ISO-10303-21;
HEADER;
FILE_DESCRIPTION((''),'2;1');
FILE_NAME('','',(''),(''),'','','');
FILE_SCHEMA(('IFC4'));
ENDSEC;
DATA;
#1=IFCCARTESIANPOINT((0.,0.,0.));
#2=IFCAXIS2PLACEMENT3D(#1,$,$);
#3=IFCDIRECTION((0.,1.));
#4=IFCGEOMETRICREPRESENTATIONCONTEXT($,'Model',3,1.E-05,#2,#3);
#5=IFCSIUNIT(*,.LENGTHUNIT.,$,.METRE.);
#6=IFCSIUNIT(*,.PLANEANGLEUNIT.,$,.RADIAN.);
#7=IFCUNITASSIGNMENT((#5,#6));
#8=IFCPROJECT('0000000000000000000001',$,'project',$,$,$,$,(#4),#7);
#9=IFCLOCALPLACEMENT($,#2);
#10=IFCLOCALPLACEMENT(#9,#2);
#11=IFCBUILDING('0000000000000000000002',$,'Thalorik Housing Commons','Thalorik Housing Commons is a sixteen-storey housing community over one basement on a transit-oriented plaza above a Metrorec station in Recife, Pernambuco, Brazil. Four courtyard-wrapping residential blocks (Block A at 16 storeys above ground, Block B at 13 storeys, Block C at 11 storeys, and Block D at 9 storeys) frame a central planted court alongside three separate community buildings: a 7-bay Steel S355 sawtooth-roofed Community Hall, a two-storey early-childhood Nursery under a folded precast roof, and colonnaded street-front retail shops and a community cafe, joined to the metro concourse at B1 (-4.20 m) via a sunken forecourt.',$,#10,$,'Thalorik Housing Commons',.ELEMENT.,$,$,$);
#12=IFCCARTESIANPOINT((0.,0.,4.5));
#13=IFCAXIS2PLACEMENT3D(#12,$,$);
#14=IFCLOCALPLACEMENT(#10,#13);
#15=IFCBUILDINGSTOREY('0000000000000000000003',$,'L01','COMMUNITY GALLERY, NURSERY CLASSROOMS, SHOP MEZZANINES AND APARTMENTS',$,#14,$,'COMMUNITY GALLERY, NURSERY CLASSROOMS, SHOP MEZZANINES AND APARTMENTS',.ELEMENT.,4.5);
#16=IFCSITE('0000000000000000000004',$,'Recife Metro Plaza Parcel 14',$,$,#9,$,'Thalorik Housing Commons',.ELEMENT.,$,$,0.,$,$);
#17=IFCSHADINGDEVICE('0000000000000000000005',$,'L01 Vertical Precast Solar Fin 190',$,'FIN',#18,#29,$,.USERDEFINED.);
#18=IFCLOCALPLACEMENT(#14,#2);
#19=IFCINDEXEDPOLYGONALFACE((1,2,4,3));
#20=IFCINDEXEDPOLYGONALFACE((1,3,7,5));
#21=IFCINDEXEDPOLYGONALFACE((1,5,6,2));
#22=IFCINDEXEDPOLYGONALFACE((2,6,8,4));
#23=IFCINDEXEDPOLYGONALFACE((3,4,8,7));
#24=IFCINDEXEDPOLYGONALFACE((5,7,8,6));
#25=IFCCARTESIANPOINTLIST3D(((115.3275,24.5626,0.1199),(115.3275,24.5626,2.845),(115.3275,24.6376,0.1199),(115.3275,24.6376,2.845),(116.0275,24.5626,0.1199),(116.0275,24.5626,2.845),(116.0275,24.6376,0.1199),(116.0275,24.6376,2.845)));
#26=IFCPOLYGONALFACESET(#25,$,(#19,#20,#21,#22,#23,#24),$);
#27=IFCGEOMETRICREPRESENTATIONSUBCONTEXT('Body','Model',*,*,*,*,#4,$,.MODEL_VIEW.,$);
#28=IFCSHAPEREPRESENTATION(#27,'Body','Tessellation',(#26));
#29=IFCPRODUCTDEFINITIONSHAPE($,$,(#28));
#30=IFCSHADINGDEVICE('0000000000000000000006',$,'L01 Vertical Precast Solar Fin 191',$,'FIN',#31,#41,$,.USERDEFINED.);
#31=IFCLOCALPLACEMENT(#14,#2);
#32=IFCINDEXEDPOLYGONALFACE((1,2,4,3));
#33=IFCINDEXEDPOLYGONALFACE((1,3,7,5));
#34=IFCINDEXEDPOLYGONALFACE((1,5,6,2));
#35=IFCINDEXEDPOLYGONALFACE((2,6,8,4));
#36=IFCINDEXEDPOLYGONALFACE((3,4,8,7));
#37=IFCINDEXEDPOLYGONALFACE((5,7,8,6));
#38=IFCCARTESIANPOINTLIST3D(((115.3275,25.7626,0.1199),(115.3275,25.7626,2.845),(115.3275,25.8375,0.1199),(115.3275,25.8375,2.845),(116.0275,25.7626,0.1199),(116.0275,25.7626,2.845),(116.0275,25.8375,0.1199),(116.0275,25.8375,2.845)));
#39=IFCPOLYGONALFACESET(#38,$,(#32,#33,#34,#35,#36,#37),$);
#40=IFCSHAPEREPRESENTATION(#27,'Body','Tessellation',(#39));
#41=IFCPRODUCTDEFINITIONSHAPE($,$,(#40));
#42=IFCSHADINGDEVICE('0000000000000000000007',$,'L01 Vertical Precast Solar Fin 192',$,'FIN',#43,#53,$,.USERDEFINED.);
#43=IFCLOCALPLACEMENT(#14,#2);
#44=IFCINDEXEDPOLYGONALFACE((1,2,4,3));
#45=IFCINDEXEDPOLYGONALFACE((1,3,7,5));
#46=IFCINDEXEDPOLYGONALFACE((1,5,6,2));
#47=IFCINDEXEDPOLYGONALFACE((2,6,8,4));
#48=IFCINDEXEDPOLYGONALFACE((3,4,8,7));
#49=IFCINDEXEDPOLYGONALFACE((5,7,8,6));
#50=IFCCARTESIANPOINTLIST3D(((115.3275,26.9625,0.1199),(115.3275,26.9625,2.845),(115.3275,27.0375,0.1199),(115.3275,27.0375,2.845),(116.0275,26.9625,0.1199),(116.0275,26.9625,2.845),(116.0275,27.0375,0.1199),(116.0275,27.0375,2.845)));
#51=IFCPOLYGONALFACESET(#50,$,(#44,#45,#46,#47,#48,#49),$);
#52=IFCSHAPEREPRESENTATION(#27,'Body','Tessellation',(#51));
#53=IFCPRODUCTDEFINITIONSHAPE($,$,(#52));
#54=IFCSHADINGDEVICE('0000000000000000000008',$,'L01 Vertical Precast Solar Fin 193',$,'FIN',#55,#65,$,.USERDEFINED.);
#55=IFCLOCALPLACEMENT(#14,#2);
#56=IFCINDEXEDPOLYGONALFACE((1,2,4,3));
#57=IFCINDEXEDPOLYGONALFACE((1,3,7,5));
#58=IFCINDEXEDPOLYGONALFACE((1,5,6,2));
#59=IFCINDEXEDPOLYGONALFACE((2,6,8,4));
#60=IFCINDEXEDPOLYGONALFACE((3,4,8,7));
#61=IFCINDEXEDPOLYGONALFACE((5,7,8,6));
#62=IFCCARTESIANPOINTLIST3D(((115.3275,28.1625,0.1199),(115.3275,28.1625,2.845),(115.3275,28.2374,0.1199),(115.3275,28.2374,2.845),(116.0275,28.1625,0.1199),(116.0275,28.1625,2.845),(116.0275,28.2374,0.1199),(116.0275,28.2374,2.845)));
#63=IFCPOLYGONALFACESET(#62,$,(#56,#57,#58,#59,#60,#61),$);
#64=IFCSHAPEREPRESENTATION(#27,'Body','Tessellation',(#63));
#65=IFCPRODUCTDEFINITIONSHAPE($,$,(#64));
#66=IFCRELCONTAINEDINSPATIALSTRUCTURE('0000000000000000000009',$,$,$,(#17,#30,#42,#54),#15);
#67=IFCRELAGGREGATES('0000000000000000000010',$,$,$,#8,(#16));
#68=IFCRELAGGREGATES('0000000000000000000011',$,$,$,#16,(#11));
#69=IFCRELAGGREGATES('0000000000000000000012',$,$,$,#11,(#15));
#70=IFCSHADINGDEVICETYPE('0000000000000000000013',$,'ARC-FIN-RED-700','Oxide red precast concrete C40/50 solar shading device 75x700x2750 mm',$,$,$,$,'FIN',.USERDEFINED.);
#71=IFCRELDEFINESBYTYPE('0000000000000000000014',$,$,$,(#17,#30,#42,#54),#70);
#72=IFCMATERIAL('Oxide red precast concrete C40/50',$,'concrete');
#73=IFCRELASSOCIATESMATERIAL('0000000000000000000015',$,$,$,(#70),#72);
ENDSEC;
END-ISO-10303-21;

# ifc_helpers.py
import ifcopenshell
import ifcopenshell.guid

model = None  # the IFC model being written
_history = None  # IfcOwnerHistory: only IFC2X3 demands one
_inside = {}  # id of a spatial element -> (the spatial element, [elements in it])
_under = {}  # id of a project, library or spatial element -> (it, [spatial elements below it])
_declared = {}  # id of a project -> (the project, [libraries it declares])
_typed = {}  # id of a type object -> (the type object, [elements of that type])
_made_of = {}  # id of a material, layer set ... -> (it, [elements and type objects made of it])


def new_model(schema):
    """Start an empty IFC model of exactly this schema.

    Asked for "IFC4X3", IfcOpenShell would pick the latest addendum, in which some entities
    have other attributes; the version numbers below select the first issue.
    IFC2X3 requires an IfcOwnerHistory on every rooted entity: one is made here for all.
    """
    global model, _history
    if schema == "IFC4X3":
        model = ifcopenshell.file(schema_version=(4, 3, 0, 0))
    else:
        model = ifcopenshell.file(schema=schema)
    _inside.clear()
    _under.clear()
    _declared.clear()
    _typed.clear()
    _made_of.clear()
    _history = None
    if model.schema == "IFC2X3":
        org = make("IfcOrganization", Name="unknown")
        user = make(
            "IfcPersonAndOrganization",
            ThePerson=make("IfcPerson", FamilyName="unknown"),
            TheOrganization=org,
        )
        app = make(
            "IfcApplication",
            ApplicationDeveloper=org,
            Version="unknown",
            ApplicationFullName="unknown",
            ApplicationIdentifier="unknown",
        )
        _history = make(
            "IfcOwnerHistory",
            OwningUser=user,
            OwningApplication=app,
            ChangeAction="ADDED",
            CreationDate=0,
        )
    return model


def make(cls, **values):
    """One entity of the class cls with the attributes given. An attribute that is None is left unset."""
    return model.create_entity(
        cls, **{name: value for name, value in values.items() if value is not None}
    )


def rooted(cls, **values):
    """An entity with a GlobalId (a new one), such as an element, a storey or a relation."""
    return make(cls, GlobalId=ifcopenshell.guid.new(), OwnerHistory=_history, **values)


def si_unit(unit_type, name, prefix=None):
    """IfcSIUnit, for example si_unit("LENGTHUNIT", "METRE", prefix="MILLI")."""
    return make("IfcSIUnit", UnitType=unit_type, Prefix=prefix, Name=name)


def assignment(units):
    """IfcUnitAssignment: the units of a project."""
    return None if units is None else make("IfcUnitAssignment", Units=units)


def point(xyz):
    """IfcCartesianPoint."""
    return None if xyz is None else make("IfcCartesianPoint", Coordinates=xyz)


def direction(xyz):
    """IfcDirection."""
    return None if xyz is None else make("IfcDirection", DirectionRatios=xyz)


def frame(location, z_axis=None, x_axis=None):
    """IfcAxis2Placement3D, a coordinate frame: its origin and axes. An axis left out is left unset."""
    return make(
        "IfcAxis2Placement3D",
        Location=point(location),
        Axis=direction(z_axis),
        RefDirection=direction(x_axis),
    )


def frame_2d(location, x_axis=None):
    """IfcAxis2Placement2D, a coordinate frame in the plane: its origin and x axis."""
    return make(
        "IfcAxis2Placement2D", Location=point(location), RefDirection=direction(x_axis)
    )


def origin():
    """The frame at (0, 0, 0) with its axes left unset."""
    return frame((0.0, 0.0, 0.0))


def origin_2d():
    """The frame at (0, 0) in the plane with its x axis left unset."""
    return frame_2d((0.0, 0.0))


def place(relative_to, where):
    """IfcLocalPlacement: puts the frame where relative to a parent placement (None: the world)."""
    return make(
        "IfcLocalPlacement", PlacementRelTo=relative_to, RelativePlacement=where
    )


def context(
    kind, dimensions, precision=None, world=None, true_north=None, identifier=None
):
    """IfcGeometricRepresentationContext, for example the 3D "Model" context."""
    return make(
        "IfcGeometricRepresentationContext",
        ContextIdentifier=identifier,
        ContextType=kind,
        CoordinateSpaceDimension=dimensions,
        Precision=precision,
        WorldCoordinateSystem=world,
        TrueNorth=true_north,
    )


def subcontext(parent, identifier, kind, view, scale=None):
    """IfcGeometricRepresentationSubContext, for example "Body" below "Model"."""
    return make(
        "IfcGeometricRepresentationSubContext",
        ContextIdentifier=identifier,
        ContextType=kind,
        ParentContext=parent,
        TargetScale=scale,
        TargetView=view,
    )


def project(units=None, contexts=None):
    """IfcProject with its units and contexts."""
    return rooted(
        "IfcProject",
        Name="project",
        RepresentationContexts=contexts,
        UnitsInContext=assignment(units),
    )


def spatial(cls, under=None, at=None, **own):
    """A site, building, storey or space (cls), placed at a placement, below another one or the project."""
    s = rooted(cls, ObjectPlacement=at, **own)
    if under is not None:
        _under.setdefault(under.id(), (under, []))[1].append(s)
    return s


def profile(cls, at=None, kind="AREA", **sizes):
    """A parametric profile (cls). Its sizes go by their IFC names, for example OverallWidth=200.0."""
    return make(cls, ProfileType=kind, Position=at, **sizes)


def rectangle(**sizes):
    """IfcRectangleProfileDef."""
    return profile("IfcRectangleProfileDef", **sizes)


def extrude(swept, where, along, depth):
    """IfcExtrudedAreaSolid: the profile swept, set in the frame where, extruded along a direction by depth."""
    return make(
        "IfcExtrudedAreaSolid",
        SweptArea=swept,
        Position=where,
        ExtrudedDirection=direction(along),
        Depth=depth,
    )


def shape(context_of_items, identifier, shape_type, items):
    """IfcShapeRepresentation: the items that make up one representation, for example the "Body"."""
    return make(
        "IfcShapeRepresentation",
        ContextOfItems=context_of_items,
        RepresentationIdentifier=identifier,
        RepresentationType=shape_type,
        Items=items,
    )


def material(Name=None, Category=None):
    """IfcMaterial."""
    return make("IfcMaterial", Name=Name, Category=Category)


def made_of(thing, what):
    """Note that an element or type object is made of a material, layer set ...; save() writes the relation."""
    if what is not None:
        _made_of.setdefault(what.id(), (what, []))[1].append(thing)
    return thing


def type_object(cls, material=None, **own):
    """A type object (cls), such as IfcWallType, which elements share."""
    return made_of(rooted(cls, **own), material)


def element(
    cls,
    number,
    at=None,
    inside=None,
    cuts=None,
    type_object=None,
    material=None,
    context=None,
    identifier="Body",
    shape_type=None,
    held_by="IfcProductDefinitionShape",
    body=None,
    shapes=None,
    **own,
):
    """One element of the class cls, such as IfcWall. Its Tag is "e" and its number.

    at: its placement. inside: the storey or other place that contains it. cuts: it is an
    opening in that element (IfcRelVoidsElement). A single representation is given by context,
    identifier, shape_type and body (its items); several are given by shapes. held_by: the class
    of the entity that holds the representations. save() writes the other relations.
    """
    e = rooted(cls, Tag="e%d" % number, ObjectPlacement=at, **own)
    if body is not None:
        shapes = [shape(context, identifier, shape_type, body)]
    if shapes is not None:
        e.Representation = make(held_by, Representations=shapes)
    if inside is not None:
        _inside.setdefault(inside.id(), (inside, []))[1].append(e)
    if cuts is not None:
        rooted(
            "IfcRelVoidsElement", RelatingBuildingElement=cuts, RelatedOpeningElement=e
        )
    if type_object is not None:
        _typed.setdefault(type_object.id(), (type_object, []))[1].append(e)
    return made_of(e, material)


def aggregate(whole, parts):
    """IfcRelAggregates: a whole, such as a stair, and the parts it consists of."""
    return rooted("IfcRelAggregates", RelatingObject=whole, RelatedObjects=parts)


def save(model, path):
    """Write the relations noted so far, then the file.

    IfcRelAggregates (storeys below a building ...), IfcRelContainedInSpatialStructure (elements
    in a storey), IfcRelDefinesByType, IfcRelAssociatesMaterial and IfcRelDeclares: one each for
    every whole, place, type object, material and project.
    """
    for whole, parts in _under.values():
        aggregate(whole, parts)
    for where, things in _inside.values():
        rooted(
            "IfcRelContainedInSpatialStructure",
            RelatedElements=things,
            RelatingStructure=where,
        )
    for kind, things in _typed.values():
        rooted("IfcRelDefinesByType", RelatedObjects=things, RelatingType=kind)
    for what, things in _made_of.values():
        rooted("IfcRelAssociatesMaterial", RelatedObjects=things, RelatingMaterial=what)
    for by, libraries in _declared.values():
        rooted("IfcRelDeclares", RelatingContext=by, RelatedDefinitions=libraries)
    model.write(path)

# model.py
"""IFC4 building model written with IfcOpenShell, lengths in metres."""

from ifc_helpers import new_model, si_unit, direction, frame, origin, origin_2d, place, context, subcontext, project, spatial, rectangle, extrude, material, type_object, element, save


model = new_model("IFC4")

# Units and contexts
model_context = context("Model", 3, precision=1e-05, world=origin(), true_north=direction((0.0, 1.0)))
body_context = subcontext(model_context, "Body", "Model", "MODEL_VIEW")
ifc_project = project(units=[si_unit("LENGTHUNIT", "METRE"), si_unit("PLANEANGLEUNIT", "RADIAN")], contexts=[model_context])

# Site, building, storey
site_placement = place(None, origin())
site = spatial("IfcSite", under=ifc_project, at=site_placement, Name="Recife Metro Plaza Parcel 14", LongName="Thalorik Housing Commons", CompositionType="ELEMENT", RefElevation=0.0)
building_placement = place(site_placement, origin())
building = spatial("IfcBuilding", under=site, at=building_placement, Name="Thalorik Housing Commons", Description="Thalorik Housing Commons is a sixteen-storey housing community over one basement on a transit-oriented plaza above a Metrorec station in Recife, Pernambuco, Brazil. Four courtyard-wrapping residential blocks (Block A at 16 storeys above ground, Block B at 13 storeys, Block C at 11 storeys, and Block D at 9 storeys) frame a central planted court alongside three separate community buildings: a 7-bay Steel S355 sawtooth-roofed Community Hall, a two-storey early-childhood Nursery under a folded precast roof, and colonnaded street-front retail shops and a community cafe, joined to the metro concourse at B1 (-4.20 m) via a sunken forecourt.", LongName="Thalorik Housing Commons", CompositionType="ELEMENT")
storey_placement = place(building_placement, frame((0.0, 0.0, 4.5)))
storey = spatial("IfcBuildingStorey", under=building, at=storey_placement, Name="L01", Description="COMMUNITY GALLERY, NURSERY CLASSROOMS, SHOP MEZZANINES AND APARTMENTS", LongName="COMMUNITY GALLERY, NURSERY CLASSROOMS, SHOP MEZZANINES AND APARTMENTS", CompositionType="ELEMENT", Elevation=4.5)

# Shading devices
ifc_material_1 = material(Name="Oxide red precast concrete C40/50", Category="concrete")
shading_device_type_1 = type_object("IfcShadingDeviceType", Name="ARC-FIN-RED-700", Description="Oxide red precast concrete C40/50 solar shading device 75x700x2750 mm", ElementType="FIN", PredefinedType="USERDEFINED", material=ifc_material_1)
for number, where, z_axis, x_axis, name in (
    (1, (115.6775, 24.6001, 0.1199), (0.0, 0.0, 1.0), (0.0, 1.0, 0.0), "L01 Vertical Precast Solar Fin 190"),
    (2, (115.6775, 25.8, 0.1199), (0.0, 0.0, 1.0), (0.0, 1.0, 0.0), "L01 Vertical Precast Solar Fin 191"),
    (3, (115.6775, 27.0, 0.1199), (0.0, 0.0, 1.0), (0.0, 1.0, 0.0), "L01 Vertical Precast Solar Fin 192"),
    (4, (115.6775, 28.2, 0.1199), (0.0, 0.0, 1.0), (0.0, 1.0, 0.0), "L01 Vertical Precast Solar Fin 193"),
):
    element("IfcShadingDevice", number, at=place(storey_placement, frame(where, z_axis=z_axis, x_axis=x_axis)), inside=storey, type_object=shading_device_type_1, Name=name, ObjectType="FIN", PredefinedType="USERDEFINED", context=body_context, shape_type="SweptSolid", body=[
        extrude(rectangle(XDim=0.075, YDim=0.7, at=origin_2d()), origin(), (0.0, 0.0, 1.0), 2.7251),
    ])

save(model, "model.ifc")
